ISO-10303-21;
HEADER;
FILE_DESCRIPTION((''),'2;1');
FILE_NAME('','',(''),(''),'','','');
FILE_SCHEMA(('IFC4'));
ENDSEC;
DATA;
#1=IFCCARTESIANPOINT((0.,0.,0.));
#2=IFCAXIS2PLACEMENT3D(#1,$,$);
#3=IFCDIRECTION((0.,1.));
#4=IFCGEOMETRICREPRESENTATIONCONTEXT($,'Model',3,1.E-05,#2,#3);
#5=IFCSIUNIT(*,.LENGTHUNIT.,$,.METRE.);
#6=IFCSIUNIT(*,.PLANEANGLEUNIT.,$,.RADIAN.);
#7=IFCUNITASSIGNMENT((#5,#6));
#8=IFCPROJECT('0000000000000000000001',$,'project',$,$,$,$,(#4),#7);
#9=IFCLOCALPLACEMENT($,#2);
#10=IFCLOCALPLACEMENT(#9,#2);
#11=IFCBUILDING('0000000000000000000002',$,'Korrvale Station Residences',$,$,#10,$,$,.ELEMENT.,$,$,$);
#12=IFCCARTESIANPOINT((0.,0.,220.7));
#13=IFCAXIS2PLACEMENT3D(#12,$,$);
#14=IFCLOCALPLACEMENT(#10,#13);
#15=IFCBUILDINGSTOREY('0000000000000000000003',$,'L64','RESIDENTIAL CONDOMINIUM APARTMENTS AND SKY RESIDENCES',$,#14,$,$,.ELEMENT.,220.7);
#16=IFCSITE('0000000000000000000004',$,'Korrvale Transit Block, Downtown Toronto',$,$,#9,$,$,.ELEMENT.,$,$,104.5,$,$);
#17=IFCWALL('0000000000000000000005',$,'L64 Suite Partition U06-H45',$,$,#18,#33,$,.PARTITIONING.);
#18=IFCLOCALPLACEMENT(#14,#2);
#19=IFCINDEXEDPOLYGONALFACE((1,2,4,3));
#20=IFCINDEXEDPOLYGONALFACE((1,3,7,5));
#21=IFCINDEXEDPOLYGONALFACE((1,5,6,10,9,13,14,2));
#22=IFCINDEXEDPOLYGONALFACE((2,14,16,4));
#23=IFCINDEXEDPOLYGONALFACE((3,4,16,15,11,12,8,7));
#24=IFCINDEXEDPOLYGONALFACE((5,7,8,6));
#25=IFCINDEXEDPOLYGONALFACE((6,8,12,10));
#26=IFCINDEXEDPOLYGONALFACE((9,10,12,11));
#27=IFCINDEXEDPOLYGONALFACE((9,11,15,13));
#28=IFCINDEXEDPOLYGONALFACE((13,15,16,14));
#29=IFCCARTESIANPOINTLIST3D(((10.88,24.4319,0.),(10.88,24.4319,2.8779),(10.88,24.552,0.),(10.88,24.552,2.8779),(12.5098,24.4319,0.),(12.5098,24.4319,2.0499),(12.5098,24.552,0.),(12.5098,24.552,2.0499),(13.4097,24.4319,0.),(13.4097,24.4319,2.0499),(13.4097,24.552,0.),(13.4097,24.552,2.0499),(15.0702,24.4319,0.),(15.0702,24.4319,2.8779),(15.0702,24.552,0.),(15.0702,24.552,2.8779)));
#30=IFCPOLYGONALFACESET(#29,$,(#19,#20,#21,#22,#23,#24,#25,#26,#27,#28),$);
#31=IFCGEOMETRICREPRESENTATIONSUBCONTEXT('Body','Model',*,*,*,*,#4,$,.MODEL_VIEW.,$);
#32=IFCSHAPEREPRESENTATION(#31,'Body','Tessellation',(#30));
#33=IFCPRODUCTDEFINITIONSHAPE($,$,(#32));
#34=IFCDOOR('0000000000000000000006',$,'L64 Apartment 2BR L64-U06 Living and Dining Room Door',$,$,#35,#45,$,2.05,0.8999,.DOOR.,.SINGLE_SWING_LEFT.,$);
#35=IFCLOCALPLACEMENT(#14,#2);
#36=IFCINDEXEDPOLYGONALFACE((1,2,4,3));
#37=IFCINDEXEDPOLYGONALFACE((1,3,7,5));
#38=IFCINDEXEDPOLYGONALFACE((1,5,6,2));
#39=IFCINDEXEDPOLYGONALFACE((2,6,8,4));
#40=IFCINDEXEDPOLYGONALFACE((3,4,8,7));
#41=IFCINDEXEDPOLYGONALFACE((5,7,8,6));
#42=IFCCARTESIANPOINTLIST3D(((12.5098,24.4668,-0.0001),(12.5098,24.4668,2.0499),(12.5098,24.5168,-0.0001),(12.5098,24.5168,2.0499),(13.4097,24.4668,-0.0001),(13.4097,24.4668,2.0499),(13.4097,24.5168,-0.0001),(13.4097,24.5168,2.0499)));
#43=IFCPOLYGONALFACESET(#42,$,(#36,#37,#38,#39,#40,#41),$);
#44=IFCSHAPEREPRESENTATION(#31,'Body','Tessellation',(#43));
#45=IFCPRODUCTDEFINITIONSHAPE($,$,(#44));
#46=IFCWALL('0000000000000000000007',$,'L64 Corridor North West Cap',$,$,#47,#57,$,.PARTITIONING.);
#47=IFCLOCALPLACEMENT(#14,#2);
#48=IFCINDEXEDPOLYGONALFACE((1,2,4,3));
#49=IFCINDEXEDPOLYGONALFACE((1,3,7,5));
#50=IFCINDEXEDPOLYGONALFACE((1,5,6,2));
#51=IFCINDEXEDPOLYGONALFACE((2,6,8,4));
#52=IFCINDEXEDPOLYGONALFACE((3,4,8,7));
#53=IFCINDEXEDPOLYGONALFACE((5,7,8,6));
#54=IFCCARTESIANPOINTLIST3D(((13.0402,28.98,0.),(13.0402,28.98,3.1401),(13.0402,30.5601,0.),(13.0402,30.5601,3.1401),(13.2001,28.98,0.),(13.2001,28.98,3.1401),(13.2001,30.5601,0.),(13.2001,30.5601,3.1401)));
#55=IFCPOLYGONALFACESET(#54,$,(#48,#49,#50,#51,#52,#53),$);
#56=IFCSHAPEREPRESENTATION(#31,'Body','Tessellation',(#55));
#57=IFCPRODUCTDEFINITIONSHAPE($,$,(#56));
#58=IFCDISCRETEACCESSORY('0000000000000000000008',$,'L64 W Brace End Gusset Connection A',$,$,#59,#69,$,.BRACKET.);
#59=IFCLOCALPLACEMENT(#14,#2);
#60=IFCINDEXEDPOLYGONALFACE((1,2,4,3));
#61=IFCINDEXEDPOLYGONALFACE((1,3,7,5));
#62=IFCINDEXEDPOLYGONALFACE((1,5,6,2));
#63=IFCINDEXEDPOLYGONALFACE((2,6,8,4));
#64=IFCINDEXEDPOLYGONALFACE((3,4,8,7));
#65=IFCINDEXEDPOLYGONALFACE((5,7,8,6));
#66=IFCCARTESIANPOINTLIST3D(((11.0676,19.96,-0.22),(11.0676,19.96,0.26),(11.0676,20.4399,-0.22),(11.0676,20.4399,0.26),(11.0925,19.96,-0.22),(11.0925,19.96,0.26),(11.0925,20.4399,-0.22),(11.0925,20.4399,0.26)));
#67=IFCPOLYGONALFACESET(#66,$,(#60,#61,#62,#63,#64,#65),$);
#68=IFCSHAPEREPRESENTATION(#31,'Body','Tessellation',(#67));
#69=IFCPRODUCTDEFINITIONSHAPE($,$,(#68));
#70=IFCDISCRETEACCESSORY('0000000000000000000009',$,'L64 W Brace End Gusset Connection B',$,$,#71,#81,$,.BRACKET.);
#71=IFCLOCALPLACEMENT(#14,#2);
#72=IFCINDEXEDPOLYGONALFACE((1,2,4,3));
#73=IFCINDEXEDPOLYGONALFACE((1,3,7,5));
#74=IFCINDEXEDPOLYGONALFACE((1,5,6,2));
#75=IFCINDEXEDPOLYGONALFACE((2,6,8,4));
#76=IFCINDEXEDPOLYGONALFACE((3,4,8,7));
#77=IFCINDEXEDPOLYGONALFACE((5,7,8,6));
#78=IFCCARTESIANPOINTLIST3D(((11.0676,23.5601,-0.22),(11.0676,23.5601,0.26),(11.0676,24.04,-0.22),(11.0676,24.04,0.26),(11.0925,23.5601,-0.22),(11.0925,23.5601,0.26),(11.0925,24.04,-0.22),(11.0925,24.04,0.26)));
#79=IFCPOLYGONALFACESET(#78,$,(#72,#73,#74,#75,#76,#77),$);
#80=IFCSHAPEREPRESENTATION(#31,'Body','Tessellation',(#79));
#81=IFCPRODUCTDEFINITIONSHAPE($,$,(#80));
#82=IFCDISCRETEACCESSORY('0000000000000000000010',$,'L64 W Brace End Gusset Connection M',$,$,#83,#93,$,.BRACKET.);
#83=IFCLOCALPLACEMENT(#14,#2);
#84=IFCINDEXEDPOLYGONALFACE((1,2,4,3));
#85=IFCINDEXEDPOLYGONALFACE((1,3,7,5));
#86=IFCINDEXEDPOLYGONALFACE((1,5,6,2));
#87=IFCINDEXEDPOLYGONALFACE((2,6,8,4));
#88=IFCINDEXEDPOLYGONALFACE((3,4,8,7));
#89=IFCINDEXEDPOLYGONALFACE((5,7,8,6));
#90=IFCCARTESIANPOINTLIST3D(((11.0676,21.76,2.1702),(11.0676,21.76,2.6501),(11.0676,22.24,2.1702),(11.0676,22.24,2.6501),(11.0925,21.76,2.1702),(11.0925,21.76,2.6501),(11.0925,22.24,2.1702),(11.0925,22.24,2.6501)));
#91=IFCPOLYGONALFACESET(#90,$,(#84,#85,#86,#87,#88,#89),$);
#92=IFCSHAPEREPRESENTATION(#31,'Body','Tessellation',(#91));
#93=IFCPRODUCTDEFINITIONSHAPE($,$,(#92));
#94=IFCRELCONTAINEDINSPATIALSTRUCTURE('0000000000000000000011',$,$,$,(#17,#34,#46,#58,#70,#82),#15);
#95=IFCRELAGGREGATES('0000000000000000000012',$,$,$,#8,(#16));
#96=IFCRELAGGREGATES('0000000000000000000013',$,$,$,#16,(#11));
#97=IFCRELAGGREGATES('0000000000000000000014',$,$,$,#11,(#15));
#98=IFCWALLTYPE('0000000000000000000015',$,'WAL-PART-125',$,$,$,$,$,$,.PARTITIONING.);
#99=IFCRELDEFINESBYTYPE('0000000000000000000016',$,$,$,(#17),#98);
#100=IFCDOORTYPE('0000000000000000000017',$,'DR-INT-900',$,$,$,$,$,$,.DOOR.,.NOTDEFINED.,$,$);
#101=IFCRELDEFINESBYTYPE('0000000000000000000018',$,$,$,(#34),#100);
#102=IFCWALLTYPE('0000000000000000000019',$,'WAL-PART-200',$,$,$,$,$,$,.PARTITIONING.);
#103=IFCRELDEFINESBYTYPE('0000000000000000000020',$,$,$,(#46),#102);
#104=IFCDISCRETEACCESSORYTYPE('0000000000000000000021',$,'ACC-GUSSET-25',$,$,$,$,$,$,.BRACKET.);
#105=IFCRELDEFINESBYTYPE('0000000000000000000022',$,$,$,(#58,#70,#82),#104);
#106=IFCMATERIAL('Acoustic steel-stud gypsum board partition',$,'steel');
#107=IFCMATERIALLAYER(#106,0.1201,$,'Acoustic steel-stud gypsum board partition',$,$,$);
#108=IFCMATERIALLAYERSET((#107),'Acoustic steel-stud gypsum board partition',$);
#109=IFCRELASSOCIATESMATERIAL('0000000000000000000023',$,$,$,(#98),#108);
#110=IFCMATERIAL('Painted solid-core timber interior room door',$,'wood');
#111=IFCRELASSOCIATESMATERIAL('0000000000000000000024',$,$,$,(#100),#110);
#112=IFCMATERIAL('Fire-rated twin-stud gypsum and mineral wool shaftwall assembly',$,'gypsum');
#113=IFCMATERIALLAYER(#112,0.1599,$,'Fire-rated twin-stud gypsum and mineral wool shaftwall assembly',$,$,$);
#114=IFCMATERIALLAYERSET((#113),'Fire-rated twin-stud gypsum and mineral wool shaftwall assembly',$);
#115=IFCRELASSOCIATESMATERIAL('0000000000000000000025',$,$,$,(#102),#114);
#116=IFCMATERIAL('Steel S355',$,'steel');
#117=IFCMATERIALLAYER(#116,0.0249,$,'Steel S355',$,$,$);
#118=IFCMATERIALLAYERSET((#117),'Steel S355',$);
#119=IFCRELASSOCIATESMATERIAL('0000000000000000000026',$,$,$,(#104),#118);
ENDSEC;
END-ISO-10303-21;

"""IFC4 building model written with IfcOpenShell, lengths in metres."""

from ifc_helpers import new_model, si_unit, direction, frame, frame_2d, origin, origin_2d, place, context, subcontext, project, spatial, rectangle, extrude, material, layer, layer_set, type_object, element, fill, save


model = new_model("IFC4")

# Units and contexts
model_context = context("Model", 3, precision=1e-05, world=origin(), true_north=direction((0.0, 1.0)))
body_context = subcontext(model_context, "Body", "Model", "MODEL_VIEW")
ifc_project = project(units=[si_unit("LENGTHUNIT", "METRE"), si_unit("PLANEANGLEUNIT", "RADIAN")], contexts=[model_context])

# Site, building, storey
site_placement = place(None, origin())
site = spatial("IfcSite", under=ifc_project, at=site_placement, Name="Korrvale Transit Block, Downtown Toronto", CompositionType="ELEMENT", RefElevation=104.5)
building_placement = place(site_placement, origin())
building = spatial("IfcBuilding", under=site, at=building_placement, Name="Korrvale Station Residences", CompositionType="ELEMENT")
storey_placement = place(building_placement, frame((0.0, 0.0, 220.7)))
storey = spatial("IfcBuildingStorey", under=building, at=storey_placement, Name="L64", Description="RESIDENTIAL CONDOMINIUM APARTMENTS AND SKY RESIDENCES", CompositionType="ELEMENT", Elevation=220.7)

# Shared definitions
ifc_material_1 = material(Name="Steel S355", Category="steel")

# Shared definitions
ifc_material_2 = material(Name="Acoustic steel-stud gypsum board partition", Category="steel")
ifc_layer_1 = layer(ifc_material_2, 0.1201, Name="Acoustic steel-stud gypsum board partition")
ifc_layer_set_1 = layer_set([ifc_layer_1], Name="Acoustic steel-stud gypsum board partition")
wall_type_1 = type_object("IfcWallType", Name="WAL-PART-125", PredefinedType="PARTITIONING", material=ifc_layer_set_1)

# Shared definitions
ifc_material_3 = material(Name="Painted solid-core timber interior room door", Category="wood")
door_type_1 = type_object("IfcDoorType", Name="DR-INT-900", OperationType="NOTDEFINED", PredefinedType="DOOR", material=ifc_material_3)

# Wall, opening, door
wall_1_placement = place(storey_placement, frame((10.8799, 24.4919, 0.0), z_axis=(0.0, 0.0, 1.0), x_axis=(1.0, 0.0, 0.0)))
wall_1 = element("IfcWall", 1, at=wall_1_placement, inside=storey, type_object=wall_type_1, Name="L64 Suite Partition U06-H45", PredefinedType="PARTITIONING", context=body_context, shape_type="SweptSolid", body=[
    extrude(rectangle(XDim=4.1902, YDim=0.1201, at=frame_2d((2.0952, 0.0))), origin(), (0.0, 0.0, 1.0), 2.8779),
])
opening_1_placement = place(wall_1_placement, frame((1.6299, 0.0, 0.0)))
opening_1 = element("IfcOpeningElement", 2, at=opening_1_placement, cuts=wall_1, PredefinedType="OPENING", context=body_context, shape_type="SweptSolid", body=[
    extrude(rectangle(XDim=0.8999, YDim=2.05, at=frame_2d((0.45, 1.0249))), frame((0.0, 0.0701, 0.0), z_axis=(0.0, -1.0, 0.0), x_axis=(1.0, 0.0, 0.0)), (0.0, 0.0, 1.0), 0.1401),
])
door_1_placement = place(opening_1_placement, origin())
door_1 = element("IfcDoor", 3, at=door_1_placement, inside=storey, type_object=door_type_1, Name="L64 Apartment 2BR L64-U06 Living and Dining Room Door", OperationType="SINGLE_SWING_LEFT", OverallHeight=2.05, OverallWidth=0.8999, PredefinedType="DOOR", context=body_context, shape_type="SweptSolid", body=[
    extrude(rectangle(XDim=0.8999, YDim=2.05, at=frame_2d((0.45, 1.0249))), frame((0.0, 0.0249, 0.0), z_axis=(0.0, -1.0, 0.0), x_axis=(1.0, 0.0, 0.0)), (0.0, 0.0, 1.0), 0.05),
])
fill(opening_1, door_1)

# Wall
ifc_material_4 = material(Name="Fire-rated twin-stud gypsum and mineral wool shaftwall assembly", Category="gypsum")
ifc_layer_2 = layer(ifc_material_4, 0.1599, Name="Fire-rated twin-stud gypsum and mineral wool shaftwall assembly")
ifc_layer_set_2 = layer_set([ifc_layer_2], Name="Fire-rated twin-stud gypsum and mineral wool shaftwall assembly")
wall_type_2 = type_object("IfcWallType", Name="WAL-PART-200", PredefinedType="PARTITIONING", material=ifc_layer_set_2)
wall_2_placement = place(storey_placement, frame((13.1201, 28.98, 0.0), z_axis=(0.0, 0.0, 1.0), x_axis=(0.0, 1.0, 0.0)))
element("IfcWall", 4, at=wall_2_placement, inside=storey, type_object=wall_type_2, Name="L64 Corridor North West Cap", PredefinedType="PARTITIONING", context=body_context, shape_type="SweptSolid", body=[
    extrude(rectangle(XDim=1.5801, YDim=0.1599, at=frame_2d((0.79, 0.0))), origin(), (0.0, 0.0, 1.0), 3.1401),
])

# Discrete accessories
ifc_layer_3 = layer(ifc_material_1, 0.0249, Name="Steel S355")
ifc_layer_set_3 = layer_set([ifc_layer_3], Name="Steel S355")
discrete_accessory_type = type_object("IfcDiscreteAccessoryType", Name="ACC-GUSSET-25", PredefinedType="BRACKET", material=ifc_layer_set_3)
for number, where, z_axis, x_axis, name in (
    (5, (11.0801, 20.2, -0.22), (0.0, 0.0, 1.0), (0.0, 1.0, 0.0), "L64 W Brace End Gusset Connection A"),
    (6, (11.0801, 23.8, -0.22), (0.0, 0.0, 1.0), (0.0, 1.0, 0.0), "L64 W Brace End Gusset Connection B"),
    (7, (11.0801, 22.0, 2.1702), (0.0, 0.0, 1.0), (0.0, 1.0, 0.0), "L64 W Brace End Gusset Connection M"),
):
    element("IfcDiscreteAccessory", number, at=place(storey_placement, frame(where, z_axis=z_axis, x_axis=x_axis)), inside=storey, type_object=discrete_accessory_type, Name=name, PredefinedType="BRACKET", context=body_context, shape_type="SweptSolid", body=[
        extrude(rectangle(XDim=0.48, YDim=0.0249, at=origin_2d()), origin(), (0.0, 0.0, 1.0), 0.48),
    ])

save(model, "model.ifc")
